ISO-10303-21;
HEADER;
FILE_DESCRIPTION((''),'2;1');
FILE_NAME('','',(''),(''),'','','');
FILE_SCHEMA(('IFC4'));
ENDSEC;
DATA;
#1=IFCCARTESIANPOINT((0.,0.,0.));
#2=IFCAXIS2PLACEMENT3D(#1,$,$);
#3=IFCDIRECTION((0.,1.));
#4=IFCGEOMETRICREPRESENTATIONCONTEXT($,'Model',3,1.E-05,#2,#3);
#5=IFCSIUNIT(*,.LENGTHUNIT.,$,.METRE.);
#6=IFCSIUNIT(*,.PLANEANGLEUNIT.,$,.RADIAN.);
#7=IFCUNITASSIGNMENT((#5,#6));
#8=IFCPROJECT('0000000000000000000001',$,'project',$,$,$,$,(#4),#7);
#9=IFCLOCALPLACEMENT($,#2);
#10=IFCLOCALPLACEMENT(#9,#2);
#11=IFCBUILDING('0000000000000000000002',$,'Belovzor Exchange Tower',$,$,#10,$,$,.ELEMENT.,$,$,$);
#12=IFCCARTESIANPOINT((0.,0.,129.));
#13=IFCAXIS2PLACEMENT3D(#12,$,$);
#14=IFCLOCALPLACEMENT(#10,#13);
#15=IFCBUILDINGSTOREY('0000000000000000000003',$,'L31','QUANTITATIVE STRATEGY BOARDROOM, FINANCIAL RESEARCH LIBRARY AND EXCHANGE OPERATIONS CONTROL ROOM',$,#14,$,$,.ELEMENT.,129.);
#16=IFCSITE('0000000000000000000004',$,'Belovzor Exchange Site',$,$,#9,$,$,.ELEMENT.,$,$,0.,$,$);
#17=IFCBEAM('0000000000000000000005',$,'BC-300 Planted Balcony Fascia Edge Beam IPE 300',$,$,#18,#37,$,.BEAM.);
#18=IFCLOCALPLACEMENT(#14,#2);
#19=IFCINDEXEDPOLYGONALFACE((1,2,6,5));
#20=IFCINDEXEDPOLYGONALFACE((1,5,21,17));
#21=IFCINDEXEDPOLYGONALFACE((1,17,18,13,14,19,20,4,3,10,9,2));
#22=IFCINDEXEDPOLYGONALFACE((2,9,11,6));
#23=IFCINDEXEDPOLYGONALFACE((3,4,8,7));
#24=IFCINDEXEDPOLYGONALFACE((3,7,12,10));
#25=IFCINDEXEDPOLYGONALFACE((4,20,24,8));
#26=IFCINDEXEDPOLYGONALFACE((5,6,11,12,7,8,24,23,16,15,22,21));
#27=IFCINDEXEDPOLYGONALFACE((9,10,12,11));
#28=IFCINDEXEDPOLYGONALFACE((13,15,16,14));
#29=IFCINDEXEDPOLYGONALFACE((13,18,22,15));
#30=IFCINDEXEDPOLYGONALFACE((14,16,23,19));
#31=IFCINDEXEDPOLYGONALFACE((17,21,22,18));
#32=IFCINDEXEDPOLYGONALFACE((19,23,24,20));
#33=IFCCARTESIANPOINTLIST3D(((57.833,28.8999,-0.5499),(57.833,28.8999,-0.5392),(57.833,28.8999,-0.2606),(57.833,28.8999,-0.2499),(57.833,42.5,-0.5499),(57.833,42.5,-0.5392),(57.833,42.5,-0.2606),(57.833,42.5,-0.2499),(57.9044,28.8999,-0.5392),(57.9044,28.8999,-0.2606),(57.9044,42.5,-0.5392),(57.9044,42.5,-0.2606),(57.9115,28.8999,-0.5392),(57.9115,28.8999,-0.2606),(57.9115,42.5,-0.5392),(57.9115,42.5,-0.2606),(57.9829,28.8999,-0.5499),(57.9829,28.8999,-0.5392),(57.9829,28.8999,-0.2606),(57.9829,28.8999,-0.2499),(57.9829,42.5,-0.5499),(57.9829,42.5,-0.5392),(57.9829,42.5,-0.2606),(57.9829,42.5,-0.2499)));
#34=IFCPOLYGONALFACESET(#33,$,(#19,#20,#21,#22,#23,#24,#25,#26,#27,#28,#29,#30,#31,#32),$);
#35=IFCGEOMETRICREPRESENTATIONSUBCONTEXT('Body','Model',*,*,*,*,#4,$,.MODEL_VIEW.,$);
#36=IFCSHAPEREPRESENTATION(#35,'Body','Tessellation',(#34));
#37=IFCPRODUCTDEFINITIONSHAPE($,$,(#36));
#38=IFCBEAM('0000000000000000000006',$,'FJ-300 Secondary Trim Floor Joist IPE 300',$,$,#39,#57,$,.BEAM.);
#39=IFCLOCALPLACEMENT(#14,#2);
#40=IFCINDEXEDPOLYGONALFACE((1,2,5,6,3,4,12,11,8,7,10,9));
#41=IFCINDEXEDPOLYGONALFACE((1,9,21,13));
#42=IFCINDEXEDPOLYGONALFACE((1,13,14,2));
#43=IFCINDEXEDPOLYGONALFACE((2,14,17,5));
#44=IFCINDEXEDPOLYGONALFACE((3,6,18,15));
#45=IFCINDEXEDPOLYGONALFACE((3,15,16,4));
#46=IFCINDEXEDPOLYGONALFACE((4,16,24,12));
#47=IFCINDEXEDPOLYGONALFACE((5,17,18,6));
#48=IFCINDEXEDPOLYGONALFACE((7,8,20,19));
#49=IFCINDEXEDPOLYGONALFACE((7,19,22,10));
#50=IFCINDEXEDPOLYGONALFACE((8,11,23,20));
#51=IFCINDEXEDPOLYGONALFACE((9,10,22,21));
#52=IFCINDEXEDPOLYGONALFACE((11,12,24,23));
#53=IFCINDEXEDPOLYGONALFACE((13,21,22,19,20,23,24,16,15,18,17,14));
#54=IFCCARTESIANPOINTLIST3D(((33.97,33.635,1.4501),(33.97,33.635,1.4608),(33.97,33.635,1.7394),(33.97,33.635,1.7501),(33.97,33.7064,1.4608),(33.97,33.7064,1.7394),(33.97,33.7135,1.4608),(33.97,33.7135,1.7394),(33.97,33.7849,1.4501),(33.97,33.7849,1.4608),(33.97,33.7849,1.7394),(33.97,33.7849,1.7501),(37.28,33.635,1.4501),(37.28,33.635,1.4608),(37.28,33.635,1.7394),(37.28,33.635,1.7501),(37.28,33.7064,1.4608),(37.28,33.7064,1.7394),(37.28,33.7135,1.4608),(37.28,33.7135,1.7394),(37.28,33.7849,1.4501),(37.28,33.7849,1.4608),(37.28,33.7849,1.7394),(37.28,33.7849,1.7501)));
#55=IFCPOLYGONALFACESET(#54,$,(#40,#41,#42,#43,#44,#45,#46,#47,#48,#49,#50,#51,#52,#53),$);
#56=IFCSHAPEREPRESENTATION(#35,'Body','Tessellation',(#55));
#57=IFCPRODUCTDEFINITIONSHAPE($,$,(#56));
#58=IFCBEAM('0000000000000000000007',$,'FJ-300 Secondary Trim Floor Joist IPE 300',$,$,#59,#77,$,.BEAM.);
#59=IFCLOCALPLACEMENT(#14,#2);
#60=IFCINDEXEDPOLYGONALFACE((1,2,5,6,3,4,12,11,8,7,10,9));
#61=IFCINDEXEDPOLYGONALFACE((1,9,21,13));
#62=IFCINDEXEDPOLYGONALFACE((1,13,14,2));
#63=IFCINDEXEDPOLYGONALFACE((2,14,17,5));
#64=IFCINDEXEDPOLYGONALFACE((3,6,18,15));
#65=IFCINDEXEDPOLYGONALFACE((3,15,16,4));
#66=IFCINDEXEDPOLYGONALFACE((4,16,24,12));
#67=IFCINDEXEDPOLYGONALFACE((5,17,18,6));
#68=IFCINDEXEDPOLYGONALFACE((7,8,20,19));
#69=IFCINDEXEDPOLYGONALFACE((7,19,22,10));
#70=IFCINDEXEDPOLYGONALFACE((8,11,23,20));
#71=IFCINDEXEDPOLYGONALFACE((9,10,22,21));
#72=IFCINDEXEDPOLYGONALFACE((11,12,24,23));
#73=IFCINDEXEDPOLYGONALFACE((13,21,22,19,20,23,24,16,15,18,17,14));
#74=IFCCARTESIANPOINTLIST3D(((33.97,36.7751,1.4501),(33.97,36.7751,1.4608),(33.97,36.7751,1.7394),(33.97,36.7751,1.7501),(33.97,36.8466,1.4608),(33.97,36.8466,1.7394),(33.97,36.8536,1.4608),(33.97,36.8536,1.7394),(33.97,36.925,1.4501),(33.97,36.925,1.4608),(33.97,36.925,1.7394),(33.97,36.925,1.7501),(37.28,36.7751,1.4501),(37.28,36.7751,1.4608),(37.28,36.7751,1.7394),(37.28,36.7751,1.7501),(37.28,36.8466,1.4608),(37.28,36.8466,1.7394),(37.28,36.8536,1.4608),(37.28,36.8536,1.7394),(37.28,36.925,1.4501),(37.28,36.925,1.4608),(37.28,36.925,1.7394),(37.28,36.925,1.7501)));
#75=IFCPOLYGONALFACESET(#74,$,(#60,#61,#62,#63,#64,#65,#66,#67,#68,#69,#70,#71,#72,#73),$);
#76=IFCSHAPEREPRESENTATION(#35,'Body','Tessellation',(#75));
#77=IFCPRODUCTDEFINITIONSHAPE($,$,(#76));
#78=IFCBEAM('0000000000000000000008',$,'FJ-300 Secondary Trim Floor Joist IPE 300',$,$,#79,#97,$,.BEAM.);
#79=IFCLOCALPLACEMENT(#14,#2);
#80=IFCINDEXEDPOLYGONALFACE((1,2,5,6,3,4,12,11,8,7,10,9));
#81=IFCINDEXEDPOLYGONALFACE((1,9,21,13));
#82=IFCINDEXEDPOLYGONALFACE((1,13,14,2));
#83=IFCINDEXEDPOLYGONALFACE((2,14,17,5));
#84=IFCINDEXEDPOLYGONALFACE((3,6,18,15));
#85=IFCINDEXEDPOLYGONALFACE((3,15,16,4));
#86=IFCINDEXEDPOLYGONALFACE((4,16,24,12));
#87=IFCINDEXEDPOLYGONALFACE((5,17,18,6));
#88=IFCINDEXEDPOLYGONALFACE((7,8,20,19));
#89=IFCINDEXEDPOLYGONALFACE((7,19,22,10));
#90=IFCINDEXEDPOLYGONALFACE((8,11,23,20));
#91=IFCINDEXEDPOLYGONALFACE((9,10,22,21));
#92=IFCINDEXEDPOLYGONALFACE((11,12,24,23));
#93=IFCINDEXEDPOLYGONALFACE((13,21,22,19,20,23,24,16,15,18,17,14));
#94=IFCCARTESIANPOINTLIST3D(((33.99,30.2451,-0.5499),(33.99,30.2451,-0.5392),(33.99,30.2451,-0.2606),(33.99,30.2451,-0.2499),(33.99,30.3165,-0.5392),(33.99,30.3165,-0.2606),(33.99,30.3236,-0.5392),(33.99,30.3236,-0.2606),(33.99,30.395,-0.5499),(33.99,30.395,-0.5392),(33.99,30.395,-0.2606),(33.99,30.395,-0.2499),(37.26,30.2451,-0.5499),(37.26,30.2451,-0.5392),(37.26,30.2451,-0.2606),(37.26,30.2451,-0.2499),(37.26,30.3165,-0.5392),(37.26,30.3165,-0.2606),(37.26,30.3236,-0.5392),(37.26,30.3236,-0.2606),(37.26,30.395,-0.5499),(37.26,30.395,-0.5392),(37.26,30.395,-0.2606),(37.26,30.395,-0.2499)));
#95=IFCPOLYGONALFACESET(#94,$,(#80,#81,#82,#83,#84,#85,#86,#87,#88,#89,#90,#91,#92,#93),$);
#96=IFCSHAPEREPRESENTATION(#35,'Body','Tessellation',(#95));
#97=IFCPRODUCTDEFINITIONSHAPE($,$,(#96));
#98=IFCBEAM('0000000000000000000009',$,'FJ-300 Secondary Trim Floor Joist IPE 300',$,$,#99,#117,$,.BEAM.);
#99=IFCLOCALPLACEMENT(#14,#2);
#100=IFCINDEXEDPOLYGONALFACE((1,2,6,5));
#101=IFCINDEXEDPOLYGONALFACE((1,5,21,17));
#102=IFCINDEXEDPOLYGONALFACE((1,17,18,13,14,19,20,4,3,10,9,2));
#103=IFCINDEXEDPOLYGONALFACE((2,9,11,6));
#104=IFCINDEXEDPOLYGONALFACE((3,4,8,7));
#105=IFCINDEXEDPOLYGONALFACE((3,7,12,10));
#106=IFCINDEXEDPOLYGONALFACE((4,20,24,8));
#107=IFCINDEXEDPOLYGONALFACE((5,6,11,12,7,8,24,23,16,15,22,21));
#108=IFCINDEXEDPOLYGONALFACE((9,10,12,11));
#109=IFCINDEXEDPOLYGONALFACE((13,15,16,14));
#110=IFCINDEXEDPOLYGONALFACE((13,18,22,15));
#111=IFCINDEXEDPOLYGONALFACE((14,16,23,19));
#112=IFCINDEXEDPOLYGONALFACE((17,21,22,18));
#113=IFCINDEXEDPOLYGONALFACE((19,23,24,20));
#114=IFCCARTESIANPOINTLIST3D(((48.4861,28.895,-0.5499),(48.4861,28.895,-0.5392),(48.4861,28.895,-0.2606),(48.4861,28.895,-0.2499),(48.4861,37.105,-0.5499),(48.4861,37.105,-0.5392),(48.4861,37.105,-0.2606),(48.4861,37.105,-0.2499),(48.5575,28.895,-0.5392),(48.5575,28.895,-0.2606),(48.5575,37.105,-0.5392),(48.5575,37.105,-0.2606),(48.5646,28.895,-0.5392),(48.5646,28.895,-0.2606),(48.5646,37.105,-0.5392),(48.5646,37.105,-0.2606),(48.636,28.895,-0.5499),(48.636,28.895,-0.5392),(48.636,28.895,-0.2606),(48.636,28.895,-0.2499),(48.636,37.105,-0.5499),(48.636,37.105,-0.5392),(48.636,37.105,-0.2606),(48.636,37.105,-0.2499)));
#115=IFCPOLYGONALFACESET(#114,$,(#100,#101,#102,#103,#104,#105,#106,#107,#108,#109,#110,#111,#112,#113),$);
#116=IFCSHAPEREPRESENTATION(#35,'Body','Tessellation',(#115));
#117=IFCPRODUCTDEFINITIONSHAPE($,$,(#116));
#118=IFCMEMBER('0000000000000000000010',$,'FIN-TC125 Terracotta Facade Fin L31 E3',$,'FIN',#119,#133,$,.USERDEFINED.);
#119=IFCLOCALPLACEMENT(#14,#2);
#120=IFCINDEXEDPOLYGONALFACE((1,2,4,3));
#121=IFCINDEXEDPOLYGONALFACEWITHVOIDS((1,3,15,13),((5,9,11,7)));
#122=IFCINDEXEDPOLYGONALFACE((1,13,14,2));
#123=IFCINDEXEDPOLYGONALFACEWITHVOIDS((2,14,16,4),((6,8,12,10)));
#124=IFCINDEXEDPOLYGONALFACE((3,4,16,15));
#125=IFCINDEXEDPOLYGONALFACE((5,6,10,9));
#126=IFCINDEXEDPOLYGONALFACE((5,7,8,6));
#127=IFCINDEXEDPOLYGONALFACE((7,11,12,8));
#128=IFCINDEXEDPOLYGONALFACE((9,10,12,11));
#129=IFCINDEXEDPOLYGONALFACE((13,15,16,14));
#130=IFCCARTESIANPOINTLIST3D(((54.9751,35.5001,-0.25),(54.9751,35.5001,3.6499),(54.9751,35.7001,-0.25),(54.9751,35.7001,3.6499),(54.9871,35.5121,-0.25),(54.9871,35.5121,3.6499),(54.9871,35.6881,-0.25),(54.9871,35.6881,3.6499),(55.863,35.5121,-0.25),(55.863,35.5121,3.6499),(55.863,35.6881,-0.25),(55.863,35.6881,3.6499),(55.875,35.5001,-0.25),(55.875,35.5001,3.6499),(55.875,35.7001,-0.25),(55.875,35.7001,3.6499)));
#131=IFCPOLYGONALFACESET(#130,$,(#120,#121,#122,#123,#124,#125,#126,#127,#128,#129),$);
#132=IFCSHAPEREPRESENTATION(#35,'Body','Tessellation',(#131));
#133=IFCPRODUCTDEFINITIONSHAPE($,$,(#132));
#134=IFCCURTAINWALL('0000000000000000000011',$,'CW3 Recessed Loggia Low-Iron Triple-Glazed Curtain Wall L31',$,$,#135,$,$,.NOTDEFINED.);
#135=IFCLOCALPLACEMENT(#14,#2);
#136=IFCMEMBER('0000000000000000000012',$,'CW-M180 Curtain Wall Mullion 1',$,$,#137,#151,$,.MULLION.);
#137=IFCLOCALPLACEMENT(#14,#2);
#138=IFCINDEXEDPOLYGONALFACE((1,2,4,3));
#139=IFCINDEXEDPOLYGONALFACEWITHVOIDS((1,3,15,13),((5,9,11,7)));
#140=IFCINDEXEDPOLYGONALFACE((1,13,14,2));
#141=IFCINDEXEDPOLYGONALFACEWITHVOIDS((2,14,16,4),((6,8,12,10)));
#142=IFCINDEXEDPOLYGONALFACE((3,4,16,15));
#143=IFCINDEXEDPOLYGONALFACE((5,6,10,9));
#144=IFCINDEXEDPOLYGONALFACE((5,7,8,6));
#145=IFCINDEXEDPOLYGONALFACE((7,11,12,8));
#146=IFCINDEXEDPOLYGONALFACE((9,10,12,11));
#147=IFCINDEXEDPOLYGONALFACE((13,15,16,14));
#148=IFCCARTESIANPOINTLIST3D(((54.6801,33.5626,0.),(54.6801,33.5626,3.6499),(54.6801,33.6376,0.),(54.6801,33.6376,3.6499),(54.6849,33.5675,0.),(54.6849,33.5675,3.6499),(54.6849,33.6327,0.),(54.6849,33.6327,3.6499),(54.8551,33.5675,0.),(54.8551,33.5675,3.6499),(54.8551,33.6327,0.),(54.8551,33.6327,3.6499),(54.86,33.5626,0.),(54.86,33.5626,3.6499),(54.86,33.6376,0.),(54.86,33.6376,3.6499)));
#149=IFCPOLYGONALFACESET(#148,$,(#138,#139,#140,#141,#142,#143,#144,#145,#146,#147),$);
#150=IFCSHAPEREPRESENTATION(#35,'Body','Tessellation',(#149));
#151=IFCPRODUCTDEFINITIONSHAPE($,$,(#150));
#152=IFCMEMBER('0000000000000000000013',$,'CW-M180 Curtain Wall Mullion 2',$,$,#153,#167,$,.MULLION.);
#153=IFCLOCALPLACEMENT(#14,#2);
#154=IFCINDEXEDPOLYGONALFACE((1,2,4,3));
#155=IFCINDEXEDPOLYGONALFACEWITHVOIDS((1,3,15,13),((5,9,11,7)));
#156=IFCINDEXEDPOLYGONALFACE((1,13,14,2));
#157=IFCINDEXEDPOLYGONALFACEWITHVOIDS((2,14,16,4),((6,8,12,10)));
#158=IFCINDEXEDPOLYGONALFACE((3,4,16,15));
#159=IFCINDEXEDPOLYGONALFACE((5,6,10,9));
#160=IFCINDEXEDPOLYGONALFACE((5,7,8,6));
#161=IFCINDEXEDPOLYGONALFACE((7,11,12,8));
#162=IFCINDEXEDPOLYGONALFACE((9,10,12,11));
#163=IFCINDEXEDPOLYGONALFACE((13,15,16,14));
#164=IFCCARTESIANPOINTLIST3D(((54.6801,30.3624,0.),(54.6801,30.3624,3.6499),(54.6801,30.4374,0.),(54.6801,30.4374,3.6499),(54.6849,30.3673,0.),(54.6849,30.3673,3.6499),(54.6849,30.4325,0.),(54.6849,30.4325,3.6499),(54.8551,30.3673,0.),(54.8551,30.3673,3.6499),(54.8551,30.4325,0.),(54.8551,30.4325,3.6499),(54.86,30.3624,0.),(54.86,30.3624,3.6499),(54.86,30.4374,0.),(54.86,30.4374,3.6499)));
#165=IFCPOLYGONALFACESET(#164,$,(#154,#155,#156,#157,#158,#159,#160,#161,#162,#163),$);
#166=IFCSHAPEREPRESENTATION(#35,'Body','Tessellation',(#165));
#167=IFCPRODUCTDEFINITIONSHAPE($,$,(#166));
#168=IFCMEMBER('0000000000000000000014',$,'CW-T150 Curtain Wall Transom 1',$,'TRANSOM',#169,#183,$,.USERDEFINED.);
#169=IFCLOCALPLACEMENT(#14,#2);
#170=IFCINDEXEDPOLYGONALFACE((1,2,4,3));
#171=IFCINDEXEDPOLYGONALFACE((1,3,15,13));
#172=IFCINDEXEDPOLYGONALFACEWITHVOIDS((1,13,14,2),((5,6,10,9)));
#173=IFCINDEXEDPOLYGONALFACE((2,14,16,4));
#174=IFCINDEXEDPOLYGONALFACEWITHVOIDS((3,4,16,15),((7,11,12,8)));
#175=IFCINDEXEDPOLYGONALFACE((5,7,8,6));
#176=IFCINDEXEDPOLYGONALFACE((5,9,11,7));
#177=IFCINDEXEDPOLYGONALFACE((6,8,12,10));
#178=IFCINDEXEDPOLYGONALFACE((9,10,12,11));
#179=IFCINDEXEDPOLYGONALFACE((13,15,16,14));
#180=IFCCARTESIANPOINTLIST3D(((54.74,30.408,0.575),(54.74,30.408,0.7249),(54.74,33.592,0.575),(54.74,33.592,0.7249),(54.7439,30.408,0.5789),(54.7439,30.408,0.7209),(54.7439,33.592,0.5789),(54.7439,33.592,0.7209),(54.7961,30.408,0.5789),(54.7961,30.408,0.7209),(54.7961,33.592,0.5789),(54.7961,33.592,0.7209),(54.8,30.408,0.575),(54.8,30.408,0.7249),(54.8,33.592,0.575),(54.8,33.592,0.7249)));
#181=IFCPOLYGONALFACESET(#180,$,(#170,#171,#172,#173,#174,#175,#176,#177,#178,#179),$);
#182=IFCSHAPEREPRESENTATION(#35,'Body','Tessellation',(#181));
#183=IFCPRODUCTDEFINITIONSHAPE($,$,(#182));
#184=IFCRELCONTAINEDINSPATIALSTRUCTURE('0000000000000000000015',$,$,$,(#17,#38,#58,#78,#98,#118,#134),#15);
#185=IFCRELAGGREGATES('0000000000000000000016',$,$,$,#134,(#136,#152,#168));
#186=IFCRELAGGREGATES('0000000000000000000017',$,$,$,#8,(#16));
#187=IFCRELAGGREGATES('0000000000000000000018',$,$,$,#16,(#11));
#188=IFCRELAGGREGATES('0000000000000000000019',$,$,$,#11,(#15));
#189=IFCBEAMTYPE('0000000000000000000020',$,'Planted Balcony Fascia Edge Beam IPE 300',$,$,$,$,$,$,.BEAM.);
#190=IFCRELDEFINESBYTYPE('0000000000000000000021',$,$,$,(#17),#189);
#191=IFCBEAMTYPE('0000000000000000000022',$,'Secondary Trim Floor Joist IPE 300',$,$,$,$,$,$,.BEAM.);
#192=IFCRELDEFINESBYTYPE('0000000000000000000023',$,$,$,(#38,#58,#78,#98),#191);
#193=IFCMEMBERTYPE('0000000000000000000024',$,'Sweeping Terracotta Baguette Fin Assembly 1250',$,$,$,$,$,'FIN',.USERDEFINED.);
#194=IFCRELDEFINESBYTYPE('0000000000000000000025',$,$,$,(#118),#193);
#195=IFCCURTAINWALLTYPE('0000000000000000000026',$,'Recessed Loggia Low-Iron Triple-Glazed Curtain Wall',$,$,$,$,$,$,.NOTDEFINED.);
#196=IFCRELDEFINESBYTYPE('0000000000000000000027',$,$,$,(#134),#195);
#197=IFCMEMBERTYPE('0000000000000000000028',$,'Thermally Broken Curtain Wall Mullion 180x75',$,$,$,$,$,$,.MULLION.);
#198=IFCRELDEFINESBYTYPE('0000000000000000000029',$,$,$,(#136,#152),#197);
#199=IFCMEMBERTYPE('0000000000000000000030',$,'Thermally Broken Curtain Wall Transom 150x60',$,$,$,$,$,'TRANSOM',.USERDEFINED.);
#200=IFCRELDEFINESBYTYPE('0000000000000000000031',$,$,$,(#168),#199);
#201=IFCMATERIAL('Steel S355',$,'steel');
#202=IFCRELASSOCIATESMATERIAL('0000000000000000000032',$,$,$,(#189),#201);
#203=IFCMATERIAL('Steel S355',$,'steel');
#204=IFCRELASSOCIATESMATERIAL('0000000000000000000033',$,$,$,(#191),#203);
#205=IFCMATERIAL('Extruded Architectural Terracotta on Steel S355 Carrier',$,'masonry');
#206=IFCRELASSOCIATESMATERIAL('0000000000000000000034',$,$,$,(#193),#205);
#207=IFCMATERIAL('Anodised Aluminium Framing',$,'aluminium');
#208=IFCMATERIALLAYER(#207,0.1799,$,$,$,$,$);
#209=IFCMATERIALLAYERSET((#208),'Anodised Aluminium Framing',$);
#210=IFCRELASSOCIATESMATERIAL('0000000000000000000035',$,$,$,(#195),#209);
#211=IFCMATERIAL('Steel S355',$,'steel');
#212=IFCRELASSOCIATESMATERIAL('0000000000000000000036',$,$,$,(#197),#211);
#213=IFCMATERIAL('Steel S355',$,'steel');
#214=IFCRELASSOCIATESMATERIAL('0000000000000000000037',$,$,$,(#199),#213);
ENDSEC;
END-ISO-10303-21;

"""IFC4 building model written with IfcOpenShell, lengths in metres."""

from ifc_helpers import new_model, si_unit, direction, frame, origin, origin_2d, place, context, subcontext, project, spatial, hollow_rectangle, i_section, extrude, material, layer, layer_set, material_profile, profile_set, type_object, element, aggregate, save


model = new_model("IFC4")

# Units and contexts
model_context = context("Model", 3, precision=1e-05, world=origin(), true_north=direction((0.0, 1.0)))
body_context = subcontext(model_context, "Body", "Model", "MODEL_VIEW")
ifc_project = project(units=[si_unit("LENGTHUNIT", "METRE"), si_unit("PLANEANGLEUNIT", "RADIAN")], contexts=[model_context])

# Site, building, storey
site_placement = place(None, origin())
site = spatial("IfcSite", under=ifc_project, at=site_placement, Name="Belovzor Exchange Site", CompositionType="ELEMENT", RefElevation=0.0)
building_placement = place(site_placement, origin())
building = spatial("IfcBuilding", under=site, at=building_placement, Name="Belovzor Exchange Tower", CompositionType="ELEMENT")
storey_placement = place(building_placement, frame((0.0, 0.0, 129.0)))
storey = spatial("IfcBuildingStorey", under=building, at=storey_placement, Name="L31", Description="QUANTITATIVE STRATEGY BOARDROOM, FINANCIAL RESEARCH LIBRARY AND EXCHANGE OPERATIONS CONTROL ROOM", CompositionType="ELEMENT", Elevation=129.0)

# Beams
ifc_material_1 = material(Name="Steel S355", Category="steel")
ifc_material_profile_1 = material_profile(ifc_material_1, i_section(OverallWidth=0.1499, OverallDepth=0.3, WebThickness=0.0071, FlangeThickness=0.0107, at=origin_2d()))
ifc_profile_set_1 = profile_set([ifc_material_profile_1], Name="Steel S355")
beam_type_1 = type_object("IfcBeamType", Name="Planted Balcony Fascia Edge Beam IPE 300", PredefinedType="BEAM", material=ifc_profile_set_1)
beam_1_placement = place(storey_placement, frame((57.908, 28.8999, -0.3999), z_axis=(0.0, 1.0, 0.0), x_axis=(-1.0, 0.0, 0.0)))
element("IfcBeam", 1, at=beam_1_placement, inside=storey, type_object=beam_type_1, Name="BC-300 Planted Balcony Fascia Edge Beam IPE 300", PredefinedType="BEAM", context=body_context, shape_type="SweptSolid", body=[
    extrude(i_section(OverallWidth=0.1499, OverallDepth=0.3, WebThickness=0.0071, FlangeThickness=0.0107, at=origin_2d()), origin(), (0.0, 0.0, 1.0), 13.6001),
])
ifc_material_2 = material(Name="Steel S355", Category="steel")
ifc_material_profile_2 = material_profile(ifc_material_2, i_section(OverallWidth=0.1499, OverallDepth=0.3, WebThickness=0.0071, FlangeThickness=0.0107, at=origin_2d()))
ifc_profile_set_2 = profile_set([ifc_material_profile_2], Name="Steel S355")
beam_type_2 = type_object("IfcBeamType", Name="Secondary Trim Floor Joist IPE 300", PredefinedType="BEAM", material=ifc_profile_set_2)
for number, where, z_axis, x_axis, name in (
    (2, (37.28, 33.71, 1.6001), (-1.0, 0.0, 0.0), (0.0, -1.0, 0.0), "FJ-300 Secondary Trim Floor Joist IPE 300"),
    (3, (37.28, 36.8501, 1.6001), (-1.0, 0.0, 0.0), (0.0, -1.0, 0.0), "FJ-300 Secondary Trim Floor Joist IPE 300"),
):
    element("IfcBeam", number, at=place(storey_placement, frame(where, z_axis=z_axis, x_axis=x_axis)), inside=storey, type_object=beam_type_2, Name=name, PredefinedType="BEAM", context=body_context, shape_type="SweptSolid", body=[
        extrude(i_section(OverallWidth=0.1499, OverallDepth=0.3, WebThickness=0.0071, FlangeThickness=0.0107, at=origin_2d()), origin(), (0.0, 0.0, 1.0), 3.3101),
    ])
beam_2_placement = place(storey_placement, frame((37.26, 30.3201, -0.3999), z_axis=(-1.0, 0.0, 0.0), x_axis=(0.0, -1.0, 0.0)))
element("IfcBeam", 4, at=beam_2_placement, inside=storey, type_object=beam_type_2, Name="FJ-300 Secondary Trim Floor Joist IPE 300", PredefinedType="BEAM", context=body_context, shape_type="SweptSolid", body=[
    extrude(i_section(OverallWidth=0.1499, OverallDepth=0.3, WebThickness=0.0071, FlangeThickness=0.0107, at=origin_2d()), origin(), (0.0, 0.0, 1.0), 3.27),
])
beam_3_placement = place(storey_placement, frame((48.561, 28.895, -0.3999), z_axis=(0.0, 1.0, 0.0), x_axis=(-1.0, 0.0, 0.0)))
element("IfcBeam", 5, at=beam_3_placement, inside=storey, type_object=beam_type_2, Name="FJ-300 Secondary Trim Floor Joist IPE 300", PredefinedType="BEAM", context=body_context, shape_type="SweptSolid", body=[
    extrude(i_section(OverallWidth=0.1499, OverallDepth=0.3, WebThickness=0.0071, FlangeThickness=0.0107, at=origin_2d()), origin(), (0.0, 0.0, 1.0), 8.21),
])

# Member
ifc_material_3 = material(Name="Extruded Architectural Terracotta on Steel S355 Carrier", Category="masonry")
ifc_material_profile_3 = material_profile(ifc_material_3, hollow_rectangle(XDim=0.2, YDim=0.8999, WallThickness=0.012, at=origin_2d()))
ifc_profile_set_3 = profile_set([ifc_material_profile_3], Name="Extruded Architectural Terracotta on Steel S355 Carrier")
member_type_1 = type_object("IfcMemberType", Name="Sweeping Terracotta Baguette Fin Assembly 1250", ElementType="FIN", PredefinedType="USERDEFINED", material=ifc_profile_set_3)
member_1_placement = place(storey_placement, frame((55.425, 35.6001, -0.25), z_axis=(0.0, 0.0, 1.0), x_axis=(0.0, 1.0, 0.0)))
element("IfcMember", 6, at=member_1_placement, inside=storey, type_object=member_type_1, Name="FIN-TC125 Terracotta Facade Fin L31 E3", ObjectType="FIN", PredefinedType="USERDEFINED", context=body_context, shape_type="SweptSolid", body=[
    extrude(hollow_rectangle(XDim=0.2, YDim=0.8999, WallThickness=0.012, at=origin_2d()), origin(), (0.0, 0.0, 1.0), 3.8999),
])

# Curtain wall, members
ifc_material_4 = material(Name="Anodised Aluminium Framing", Category="aluminium")
ifc_layer_1 = layer(ifc_material_4, 0.1799)
ifc_layer_set_1 = layer_set([ifc_layer_1], Name="Anodised Aluminium Framing")
curtain_wall_type = type_object("IfcCurtainWallType", Name="Recessed Loggia Low-Iron Triple-Glazed Curtain Wall", PredefinedType="NOTDEFINED", material=ifc_layer_set_1)
curtain_wall_placement = place(storey_placement, origin())
curtain_wall = element("IfcCurtainWall", 7, at=curtain_wall_placement, inside=storey, type_object=curtain_wall_type, Name="CW3 Recessed Loggia Low-Iron Triple-Glazed Curtain Wall L31", PredefinedType="NOTDEFINED")
ifc_material_5 = material(Name="Steel S355", Category="steel")
ifc_material_profile_4 = material_profile(ifc_material_5, hollow_rectangle(XDim=0.075, YDim=0.1799, WallThickness=0.0049, at=origin_2d()))
ifc_profile_set_4 = profile_set([ifc_material_profile_4], Name="Steel S355")
member_type_2 = type_object("IfcMemberType", Name="Thermally Broken Curtain Wall Mullion 180x75", PredefinedType="MULLION", material=ifc_profile_set_4)
member_2_placement = place(storey_placement, frame((54.77, 33.6001, 0.0), z_axis=(0.0, 0.0, 1.0), x_axis=(0.0, -1.0, 0.0)))
member_2 = element("IfcMember", 8, at=member_2_placement, type_object=member_type_2, Name="CW-M180 Curtain Wall Mullion 1", PredefinedType="MULLION", context=body_context, shape_type="SweptSolid", body=[
    extrude(hollow_rectangle(XDim=0.075, YDim=0.1799, WallThickness=0.0049, at=origin_2d()), origin(), (0.0, 0.0, 1.0), 3.6499),
])
member_3_placement = place(storey_placement, frame((54.77, 30.3999, 0.0), z_axis=(0.0, 0.0, 1.0), x_axis=(0.0, -1.0, 0.0)))
member_3 = element("IfcMember", 9, at=member_3_placement, type_object=member_type_2, Name="CW-M180 Curtain Wall Mullion 2", PredefinedType="MULLION", context=body_context, shape_type="SweptSolid", body=[
    extrude(hollow_rectangle(XDim=0.075, YDim=0.1799, WallThickness=0.0049, at=origin_2d()), origin(), (0.0, 0.0, 1.0), 3.6499),
])
ifc_material_6 = material(Name="Steel S355", Category="steel")
ifc_material_profile_5 = material_profile(ifc_material_6, hollow_rectangle(XDim=0.0601, YDim=0.1499, WallThickness=0.0039, at=origin_2d()))
ifc_profile_set_5 = profile_set([ifc_material_profile_5], Name="Steel S355")
member_type_3 = type_object("IfcMemberType", Name="Thermally Broken Curtain Wall Transom 150x60", ElementType="TRANSOM", PredefinedType="USERDEFINED", material=ifc_profile_set_5)
member_4_placement = place(storey_placement, frame((54.77, 33.592, 0.6499), z_axis=(0.0, -1.0, 0.0), x_axis=(1.0, 0.0, 0.0)))
member_4 = element("IfcMember", 10, at=member_4_placement, type_object=member_type_3, Name="CW-T150 Curtain Wall Transom 1", ObjectType="TRANSOM", PredefinedType="USERDEFINED", context=body_context, shape_type="SweptSolid", body=[
    extrude(hollow_rectangle(XDim=0.0601, YDim=0.1499, WallThickness=0.0039, at=origin_2d()), origin(), (0.0, 0.0, 1.0), 3.1841),
])

aggregate(curtain_wall, [member_2, member_3, member_4])

save(model, "model.ifc")
